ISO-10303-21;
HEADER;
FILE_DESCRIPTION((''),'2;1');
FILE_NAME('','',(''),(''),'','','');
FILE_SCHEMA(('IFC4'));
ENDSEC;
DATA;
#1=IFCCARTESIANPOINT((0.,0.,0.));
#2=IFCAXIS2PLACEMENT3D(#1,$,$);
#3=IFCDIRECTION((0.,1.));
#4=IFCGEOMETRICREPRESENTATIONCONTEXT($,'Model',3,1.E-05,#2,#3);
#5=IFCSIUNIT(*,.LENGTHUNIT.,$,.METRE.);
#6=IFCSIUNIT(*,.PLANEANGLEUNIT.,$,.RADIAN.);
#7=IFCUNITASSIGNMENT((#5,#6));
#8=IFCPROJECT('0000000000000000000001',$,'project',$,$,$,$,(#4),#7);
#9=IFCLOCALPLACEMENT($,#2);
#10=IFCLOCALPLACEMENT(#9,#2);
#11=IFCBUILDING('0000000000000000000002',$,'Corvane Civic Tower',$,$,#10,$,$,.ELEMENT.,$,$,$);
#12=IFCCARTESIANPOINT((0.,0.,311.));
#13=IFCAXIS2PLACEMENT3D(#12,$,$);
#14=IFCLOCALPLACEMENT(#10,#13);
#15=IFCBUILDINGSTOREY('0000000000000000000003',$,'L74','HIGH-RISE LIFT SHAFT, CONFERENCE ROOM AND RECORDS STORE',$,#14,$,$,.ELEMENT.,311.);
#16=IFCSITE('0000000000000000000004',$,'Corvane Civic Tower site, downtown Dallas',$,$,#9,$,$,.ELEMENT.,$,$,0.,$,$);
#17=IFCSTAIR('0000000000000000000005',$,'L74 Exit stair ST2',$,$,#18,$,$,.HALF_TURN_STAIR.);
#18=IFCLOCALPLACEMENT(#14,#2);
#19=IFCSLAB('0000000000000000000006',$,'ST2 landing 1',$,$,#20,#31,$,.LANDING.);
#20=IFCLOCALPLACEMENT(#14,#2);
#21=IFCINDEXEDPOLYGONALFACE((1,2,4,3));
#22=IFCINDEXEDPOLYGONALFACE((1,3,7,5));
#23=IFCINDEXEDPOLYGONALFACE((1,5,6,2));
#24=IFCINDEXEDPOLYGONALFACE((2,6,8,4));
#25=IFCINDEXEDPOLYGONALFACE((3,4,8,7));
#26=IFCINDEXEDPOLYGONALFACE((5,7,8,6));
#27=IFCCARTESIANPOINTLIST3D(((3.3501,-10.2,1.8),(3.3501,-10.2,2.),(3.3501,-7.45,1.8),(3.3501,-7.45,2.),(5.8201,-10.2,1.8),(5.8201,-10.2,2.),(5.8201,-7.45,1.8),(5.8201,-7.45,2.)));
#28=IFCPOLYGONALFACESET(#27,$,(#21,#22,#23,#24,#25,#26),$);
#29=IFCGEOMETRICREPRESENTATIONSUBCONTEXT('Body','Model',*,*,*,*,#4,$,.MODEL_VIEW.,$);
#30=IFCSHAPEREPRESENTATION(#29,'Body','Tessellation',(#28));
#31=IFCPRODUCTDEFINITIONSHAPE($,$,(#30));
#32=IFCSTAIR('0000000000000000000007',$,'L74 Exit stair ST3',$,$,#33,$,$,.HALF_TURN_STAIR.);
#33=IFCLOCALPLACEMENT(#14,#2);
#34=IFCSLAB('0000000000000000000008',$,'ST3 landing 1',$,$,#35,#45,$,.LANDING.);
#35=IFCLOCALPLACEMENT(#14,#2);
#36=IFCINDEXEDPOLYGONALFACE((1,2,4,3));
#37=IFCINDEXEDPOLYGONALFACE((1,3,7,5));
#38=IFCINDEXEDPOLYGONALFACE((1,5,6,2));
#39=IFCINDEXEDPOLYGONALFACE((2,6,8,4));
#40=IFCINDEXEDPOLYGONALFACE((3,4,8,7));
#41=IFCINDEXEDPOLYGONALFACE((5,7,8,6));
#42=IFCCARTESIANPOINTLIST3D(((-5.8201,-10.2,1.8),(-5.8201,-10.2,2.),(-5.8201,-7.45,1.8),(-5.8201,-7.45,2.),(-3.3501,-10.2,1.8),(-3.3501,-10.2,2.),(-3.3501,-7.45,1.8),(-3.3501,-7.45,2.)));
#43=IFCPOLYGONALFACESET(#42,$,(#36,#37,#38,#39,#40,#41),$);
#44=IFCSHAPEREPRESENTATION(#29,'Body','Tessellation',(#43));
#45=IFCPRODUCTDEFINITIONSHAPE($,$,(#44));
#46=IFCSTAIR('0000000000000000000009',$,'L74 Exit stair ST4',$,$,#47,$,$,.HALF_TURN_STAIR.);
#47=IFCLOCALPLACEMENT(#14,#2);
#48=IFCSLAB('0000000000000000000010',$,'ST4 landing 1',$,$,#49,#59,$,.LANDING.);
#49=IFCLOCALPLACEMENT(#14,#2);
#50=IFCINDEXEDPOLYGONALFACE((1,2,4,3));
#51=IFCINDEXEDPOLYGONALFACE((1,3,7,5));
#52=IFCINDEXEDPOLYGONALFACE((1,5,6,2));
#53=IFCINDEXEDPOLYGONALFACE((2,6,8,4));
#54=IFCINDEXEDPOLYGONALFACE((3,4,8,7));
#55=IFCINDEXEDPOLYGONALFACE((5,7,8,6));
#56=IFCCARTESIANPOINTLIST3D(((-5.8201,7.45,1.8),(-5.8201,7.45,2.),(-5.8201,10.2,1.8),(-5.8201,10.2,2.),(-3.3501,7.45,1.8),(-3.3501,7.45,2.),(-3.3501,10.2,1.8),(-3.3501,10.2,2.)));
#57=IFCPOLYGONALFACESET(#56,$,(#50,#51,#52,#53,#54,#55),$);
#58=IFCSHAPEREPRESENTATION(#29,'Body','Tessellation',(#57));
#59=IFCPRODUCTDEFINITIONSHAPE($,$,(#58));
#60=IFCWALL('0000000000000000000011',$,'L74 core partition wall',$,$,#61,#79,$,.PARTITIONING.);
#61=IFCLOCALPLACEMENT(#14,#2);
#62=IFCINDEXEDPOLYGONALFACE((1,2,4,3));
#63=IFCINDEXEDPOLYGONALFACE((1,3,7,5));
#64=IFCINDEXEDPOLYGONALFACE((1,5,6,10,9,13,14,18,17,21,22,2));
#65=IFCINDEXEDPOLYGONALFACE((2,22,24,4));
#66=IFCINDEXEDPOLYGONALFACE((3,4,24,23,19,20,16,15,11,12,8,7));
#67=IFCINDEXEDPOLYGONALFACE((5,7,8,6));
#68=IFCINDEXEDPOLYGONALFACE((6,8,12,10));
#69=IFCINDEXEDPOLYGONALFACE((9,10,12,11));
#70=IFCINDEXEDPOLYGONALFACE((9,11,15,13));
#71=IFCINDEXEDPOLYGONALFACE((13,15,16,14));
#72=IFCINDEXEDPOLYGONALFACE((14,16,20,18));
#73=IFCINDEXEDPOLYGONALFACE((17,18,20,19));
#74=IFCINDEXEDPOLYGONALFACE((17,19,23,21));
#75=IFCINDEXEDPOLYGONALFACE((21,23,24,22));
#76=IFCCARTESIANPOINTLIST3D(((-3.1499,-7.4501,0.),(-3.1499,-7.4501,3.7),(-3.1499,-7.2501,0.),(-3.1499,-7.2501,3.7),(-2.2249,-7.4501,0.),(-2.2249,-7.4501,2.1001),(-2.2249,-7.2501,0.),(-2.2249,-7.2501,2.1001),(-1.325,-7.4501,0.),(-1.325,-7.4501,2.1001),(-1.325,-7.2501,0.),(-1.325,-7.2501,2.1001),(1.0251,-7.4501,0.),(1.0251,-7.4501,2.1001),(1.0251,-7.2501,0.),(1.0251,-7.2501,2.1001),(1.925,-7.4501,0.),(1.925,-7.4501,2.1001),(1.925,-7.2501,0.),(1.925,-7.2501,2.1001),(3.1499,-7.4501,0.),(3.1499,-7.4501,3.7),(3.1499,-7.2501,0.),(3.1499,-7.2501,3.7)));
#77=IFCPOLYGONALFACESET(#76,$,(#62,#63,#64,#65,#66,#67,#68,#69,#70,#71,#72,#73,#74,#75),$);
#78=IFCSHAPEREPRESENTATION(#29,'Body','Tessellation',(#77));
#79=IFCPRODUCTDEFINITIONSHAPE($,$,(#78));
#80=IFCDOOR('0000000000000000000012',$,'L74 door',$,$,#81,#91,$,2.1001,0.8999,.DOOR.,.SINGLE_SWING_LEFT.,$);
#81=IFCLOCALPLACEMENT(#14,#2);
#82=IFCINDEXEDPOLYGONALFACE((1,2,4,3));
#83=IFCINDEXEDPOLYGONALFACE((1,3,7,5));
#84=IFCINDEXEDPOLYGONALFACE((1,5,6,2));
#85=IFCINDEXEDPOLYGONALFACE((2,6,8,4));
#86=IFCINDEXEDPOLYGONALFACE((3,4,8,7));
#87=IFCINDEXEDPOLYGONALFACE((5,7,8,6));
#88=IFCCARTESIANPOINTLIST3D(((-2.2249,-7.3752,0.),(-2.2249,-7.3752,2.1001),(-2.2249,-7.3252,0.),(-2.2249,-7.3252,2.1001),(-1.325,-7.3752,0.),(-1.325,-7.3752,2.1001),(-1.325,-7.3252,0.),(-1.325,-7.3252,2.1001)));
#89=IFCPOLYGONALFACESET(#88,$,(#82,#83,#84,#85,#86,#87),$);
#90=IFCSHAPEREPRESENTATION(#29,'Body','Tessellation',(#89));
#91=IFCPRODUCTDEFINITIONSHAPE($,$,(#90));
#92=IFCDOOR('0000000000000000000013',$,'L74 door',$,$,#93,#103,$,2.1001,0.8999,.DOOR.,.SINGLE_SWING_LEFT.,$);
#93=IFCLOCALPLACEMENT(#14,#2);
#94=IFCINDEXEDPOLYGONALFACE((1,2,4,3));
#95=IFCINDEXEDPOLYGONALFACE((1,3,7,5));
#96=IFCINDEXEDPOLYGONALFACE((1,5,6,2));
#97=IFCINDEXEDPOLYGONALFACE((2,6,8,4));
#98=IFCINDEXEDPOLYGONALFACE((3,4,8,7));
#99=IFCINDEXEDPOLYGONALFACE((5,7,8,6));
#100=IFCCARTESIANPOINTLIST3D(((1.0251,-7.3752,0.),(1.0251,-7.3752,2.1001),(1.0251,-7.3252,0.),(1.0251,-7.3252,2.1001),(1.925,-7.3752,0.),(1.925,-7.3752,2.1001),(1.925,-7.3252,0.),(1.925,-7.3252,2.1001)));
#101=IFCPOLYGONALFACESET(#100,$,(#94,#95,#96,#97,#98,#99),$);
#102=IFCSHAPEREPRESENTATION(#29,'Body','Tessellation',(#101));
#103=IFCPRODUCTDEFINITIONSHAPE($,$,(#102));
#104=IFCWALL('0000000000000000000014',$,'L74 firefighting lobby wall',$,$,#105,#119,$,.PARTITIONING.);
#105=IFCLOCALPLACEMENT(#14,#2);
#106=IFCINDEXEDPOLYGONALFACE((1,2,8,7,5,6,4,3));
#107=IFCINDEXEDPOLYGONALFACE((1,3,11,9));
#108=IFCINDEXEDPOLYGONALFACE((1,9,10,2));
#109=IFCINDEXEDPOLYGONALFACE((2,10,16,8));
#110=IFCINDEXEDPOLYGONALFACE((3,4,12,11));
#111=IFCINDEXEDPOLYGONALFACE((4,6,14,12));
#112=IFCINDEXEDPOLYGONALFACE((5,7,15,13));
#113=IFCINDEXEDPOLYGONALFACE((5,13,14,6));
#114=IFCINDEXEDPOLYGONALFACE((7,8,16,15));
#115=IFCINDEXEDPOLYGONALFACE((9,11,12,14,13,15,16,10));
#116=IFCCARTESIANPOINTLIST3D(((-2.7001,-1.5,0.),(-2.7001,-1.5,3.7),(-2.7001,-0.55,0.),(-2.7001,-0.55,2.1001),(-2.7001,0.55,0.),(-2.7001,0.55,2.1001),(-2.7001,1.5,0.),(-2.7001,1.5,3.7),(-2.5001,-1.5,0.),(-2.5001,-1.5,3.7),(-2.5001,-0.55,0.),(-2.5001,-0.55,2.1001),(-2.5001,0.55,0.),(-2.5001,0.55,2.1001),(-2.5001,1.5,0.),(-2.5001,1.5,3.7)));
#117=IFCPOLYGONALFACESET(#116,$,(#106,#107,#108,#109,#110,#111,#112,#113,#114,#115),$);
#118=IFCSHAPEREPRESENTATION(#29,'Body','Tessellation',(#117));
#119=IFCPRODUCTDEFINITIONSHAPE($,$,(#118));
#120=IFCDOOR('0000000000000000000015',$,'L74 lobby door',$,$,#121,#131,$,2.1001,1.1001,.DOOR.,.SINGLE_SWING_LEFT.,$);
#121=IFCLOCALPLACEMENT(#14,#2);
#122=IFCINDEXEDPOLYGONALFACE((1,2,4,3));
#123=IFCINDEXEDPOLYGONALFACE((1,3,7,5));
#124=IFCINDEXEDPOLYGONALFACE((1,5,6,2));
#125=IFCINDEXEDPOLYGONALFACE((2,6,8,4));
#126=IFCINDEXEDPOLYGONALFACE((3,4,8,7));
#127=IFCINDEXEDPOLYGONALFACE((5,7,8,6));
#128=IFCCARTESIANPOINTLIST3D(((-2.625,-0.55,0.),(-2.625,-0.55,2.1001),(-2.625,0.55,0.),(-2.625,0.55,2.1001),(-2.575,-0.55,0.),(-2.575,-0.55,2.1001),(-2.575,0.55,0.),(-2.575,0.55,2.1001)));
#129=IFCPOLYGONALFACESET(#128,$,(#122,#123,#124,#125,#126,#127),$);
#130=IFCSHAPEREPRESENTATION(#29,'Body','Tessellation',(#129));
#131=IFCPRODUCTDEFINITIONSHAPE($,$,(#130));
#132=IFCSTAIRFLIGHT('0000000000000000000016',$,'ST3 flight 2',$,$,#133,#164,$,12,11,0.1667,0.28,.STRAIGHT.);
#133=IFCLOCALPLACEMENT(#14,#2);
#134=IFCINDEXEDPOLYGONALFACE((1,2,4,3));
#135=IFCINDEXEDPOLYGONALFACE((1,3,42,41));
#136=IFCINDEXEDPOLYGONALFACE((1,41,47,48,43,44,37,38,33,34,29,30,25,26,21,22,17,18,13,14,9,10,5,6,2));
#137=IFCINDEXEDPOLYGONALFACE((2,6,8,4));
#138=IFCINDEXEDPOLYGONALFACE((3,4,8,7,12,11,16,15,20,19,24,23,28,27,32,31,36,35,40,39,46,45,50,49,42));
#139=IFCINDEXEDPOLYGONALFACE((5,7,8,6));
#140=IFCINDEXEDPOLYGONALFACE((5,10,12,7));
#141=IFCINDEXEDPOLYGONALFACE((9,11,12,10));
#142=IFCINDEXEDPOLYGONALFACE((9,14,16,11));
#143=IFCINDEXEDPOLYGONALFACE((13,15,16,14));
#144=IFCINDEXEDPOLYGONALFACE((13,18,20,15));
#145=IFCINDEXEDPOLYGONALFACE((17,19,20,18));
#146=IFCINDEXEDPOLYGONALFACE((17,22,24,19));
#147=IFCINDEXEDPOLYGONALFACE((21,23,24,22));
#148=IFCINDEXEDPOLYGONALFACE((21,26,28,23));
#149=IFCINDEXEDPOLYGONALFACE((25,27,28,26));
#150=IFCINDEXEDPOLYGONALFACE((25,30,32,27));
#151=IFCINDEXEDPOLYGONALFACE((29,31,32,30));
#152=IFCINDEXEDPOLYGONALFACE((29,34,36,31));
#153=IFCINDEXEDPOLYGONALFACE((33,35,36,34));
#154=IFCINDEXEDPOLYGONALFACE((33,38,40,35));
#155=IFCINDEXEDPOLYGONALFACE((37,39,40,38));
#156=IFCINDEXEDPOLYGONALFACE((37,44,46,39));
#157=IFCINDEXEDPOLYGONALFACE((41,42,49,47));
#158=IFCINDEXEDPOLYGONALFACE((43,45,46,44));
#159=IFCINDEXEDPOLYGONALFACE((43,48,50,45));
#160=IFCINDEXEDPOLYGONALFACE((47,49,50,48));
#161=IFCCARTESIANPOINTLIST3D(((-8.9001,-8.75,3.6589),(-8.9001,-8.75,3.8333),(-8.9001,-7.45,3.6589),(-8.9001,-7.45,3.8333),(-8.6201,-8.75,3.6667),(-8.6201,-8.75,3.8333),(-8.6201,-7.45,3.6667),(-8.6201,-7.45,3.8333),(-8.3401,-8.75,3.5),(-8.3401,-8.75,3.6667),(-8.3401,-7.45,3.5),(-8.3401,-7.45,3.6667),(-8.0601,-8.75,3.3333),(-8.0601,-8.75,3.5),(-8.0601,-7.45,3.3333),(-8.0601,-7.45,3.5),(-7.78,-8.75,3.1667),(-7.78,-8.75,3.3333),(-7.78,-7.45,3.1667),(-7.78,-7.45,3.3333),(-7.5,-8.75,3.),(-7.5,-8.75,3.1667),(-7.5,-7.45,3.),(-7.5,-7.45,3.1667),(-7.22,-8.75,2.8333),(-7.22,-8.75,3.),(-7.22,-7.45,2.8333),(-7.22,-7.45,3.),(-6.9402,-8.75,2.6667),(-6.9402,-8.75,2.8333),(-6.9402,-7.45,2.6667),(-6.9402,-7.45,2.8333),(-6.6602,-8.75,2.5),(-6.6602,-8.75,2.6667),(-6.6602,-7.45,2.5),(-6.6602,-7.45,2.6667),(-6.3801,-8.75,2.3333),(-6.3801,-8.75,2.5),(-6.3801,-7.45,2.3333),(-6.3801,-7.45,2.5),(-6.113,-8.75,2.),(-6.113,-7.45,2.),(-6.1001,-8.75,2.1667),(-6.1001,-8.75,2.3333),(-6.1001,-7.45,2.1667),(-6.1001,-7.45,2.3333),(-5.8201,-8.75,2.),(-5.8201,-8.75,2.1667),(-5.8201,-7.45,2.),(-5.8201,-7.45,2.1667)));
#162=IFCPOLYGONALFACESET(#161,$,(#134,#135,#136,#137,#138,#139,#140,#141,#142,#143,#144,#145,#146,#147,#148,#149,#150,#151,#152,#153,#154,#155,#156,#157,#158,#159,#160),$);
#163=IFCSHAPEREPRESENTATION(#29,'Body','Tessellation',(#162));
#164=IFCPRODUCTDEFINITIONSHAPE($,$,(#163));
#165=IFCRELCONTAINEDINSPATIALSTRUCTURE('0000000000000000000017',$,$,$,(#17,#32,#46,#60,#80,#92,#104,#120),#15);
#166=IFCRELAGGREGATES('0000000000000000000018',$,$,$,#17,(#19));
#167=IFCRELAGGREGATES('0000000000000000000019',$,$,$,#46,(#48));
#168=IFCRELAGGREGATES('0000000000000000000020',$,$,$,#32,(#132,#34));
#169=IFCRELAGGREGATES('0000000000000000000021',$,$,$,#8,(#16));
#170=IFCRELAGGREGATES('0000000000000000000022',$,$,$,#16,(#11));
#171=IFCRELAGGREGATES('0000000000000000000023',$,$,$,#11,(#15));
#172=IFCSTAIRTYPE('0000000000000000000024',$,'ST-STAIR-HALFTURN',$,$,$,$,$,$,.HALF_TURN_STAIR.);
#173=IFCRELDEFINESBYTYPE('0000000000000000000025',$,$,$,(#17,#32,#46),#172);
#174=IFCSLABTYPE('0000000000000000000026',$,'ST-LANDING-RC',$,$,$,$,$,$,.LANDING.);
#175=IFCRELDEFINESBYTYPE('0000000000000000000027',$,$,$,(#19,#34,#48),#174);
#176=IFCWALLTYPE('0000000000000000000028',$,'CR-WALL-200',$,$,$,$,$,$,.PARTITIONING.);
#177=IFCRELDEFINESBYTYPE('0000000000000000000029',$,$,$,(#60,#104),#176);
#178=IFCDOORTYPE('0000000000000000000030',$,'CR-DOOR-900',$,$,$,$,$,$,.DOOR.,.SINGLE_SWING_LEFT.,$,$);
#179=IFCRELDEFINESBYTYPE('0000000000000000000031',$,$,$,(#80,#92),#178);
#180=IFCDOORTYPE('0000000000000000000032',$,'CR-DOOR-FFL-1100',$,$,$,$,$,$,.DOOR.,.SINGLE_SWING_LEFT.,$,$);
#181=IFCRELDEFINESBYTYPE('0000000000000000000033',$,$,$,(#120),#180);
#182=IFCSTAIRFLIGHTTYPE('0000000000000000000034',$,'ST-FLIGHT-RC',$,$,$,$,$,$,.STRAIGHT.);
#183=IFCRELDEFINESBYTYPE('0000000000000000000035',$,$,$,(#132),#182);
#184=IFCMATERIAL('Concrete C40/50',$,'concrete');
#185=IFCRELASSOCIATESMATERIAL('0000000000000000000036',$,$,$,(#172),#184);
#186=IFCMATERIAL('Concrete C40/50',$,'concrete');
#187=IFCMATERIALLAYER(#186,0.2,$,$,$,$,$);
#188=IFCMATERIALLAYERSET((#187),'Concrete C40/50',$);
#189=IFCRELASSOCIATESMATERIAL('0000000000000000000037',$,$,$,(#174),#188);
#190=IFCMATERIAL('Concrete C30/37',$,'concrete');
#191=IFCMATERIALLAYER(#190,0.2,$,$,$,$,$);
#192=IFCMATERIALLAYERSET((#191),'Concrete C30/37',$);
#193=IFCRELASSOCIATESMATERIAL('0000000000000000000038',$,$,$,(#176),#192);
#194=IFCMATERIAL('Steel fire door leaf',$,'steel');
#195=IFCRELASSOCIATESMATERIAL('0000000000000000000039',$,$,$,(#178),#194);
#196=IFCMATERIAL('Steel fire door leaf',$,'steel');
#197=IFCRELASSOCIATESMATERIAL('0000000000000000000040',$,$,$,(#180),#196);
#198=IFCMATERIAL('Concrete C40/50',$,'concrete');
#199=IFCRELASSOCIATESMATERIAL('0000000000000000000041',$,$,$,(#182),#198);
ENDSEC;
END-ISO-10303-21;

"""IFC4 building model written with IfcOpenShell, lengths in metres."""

from ifc_helpers import new_model, si_unit, direction, frame, frame_2d, origin, place, context, subcontext, project, spatial, polyline, rectangle, outline, extrude, material, layer, layer_set, type_object, element, fill, aggregate, save


model = new_model("IFC4")

# Units and contexts
model_context = context("Model", 3, precision=1e-05, world=origin(), true_north=direction((0.0, 1.0)))
body_context = subcontext(model_context, "Body", "Model", "MODEL_VIEW")
ifc_project = project(units=[si_unit("LENGTHUNIT", "METRE"), si_unit("PLANEANGLEUNIT", "RADIAN")], contexts=[model_context])

# Site, building, storey
site_placement = place(None, origin())
site = spatial("IfcSite", under=ifc_project, at=site_placement, Name="Corvane Civic Tower site, downtown Dallas", CompositionType="ELEMENT", RefElevation=0.0)
building_placement = place(site_placement, origin())
building = spatial("IfcBuilding", under=site, at=building_placement, Name="Corvane Civic Tower", CompositionType="ELEMENT")
storey_placement = place(building_placement, frame((0.0, 0.0, 311.0)))
storey = spatial("IfcBuildingStorey", under=building, at=storey_placement, Name="L74", Description="HIGH-RISE LIFT SHAFT, CONFERENCE ROOM AND RECORDS STORE", CompositionType="ELEMENT", Elevation=311.0)

# Stairs, slabs
ifc_material_1 = material(Name="Concrete C40/50", Category="concrete")
stair_type = type_object("IfcStairType", Name="ST-STAIR-HALFTURN", PredefinedType="HALF_TURN_STAIR", material=ifc_material_1)
ifc_material_2 = material(Name="Concrete C40/50", Category="concrete")
ifc_layer_1 = layer(ifc_material_2, 0.2)
ifc_layer_set_1 = layer_set([ifc_layer_1], Name="Concrete C40/50")
slab_type_1 = type_object("IfcSlabType", Name="ST-LANDING-RC", PredefinedType="LANDING", material=ifc_layer_set_1)
stair_1_placement = place(storey_placement, origin())
stair_1 = element("IfcStair", 1, at=stair_1_placement, inside=storey, type_object=stair_type, Name="L74 Exit stair ST2", PredefinedType="HALF_TURN_STAIR")
slab_1_placement = place(storey_placement, frame((0.0, 0.0, 1.8)))
slab_1 = element("IfcSlab", 2, at=slab_1_placement, type_object=slab_type_1, Name="ST2 landing 1", PredefinedType="LANDING", context=body_context, shape_type="SweptSolid", body=[
    extrude(outline(polyline([(5.8201, -7.45), (3.3501, -7.45), (3.3501, -10.2), (5.8201, -10.2), (5.8201, -7.45)])), origin(), (0.0, 0.0, 1.0), 0.2),
])
aggregate(stair_1, [slab_1])
stair_2_placement = place(storey_placement, origin())
stair_2 = element("IfcStair", 3, at=stair_2_placement, inside=storey, type_object=stair_type, Name="L74 Exit stair ST3", PredefinedType="HALF_TURN_STAIR")
slab_2_placement = place(storey_placement, frame((0.0, 0.0, 1.8)))
slab_2 = element("IfcSlab", 4, at=slab_2_placement, type_object=slab_type_1, Name="ST3 landing 1", PredefinedType="LANDING", context=body_context, shape_type="SweptSolid", body=[
    extrude(outline(polyline([(-5.8201, -10.2), (-3.3501, -10.2), (-3.3501, -7.45), (-5.8201, -7.45), (-5.8201, -10.2)])), origin(), (0.0, 0.0, 1.0), 0.2),
])
stair_3_placement = place(storey_placement, origin())
stair_3 = element("IfcStair", 5, at=stair_3_placement, inside=storey, type_object=stair_type, Name="L74 Exit stair ST4", PredefinedType="HALF_TURN_STAIR")
slab_3_placement = place(storey_placement, frame((0.0, 0.0, 1.8)))
slab_3 = element("IfcSlab", 6, at=slab_3_placement, type_object=slab_type_1, Name="ST4 landing 1", PredefinedType="LANDING", context=body_context, shape_type="SweptSolid", body=[
    extrude(outline(polyline([(-5.8201, 7.45), (-3.3501, 7.45), (-3.3501, 10.2), (-5.8201, 10.2), (-5.8201, 7.45)])), origin(), (0.0, 0.0, 1.0), 0.2),
])
aggregate(stair_3, [slab_3])

# Wall, openings, doors
ifc_material_3 = material(Name="Concrete C30/37", Category="concrete")
ifc_layer_2 = layer(ifc_material_3, 0.2)
ifc_layer_set_2 = layer_set([ifc_layer_2], Name="Concrete C30/37")
wall_type = type_object("IfcWallType", Name="CR-WALL-200", PredefinedType="PARTITIONING", material=ifc_layer_set_2)
wall_1_placement = place(storey_placement, frame((-3.1499, -7.3501, 0.0), z_axis=(0.0, 0.0, 1.0), x_axis=(1.0, 0.0, 0.0)))
wall_1 = element("IfcWall", 7, at=wall_1_placement, inside=storey, type_object=wall_type, Name="L74 core partition wall", PredefinedType="PARTITIONING", context=body_context, shape_type="SweptSolid", body=[
    extrude(rectangle(XDim=6.2998, YDim=0.2, at=frame_2d((3.1499, 0.0))), origin(), (0.0, 0.0, 1.0), 3.7),
])
opening_1_placement = place(wall_1_placement, frame((0.925, 0.0, 0.0)))
opening_1 = element("IfcOpeningElement", 8, at=opening_1_placement, cuts=wall_1, PredefinedType="OPENING", context=body_context, shape_type="SweptSolid", body=[
    extrude(rectangle(XDim=0.8999, YDim=2.1001, at=frame_2d((0.45, 1.05))), frame((0.0, 0.1099, 0.0), z_axis=(0.0, -1.0, 0.0), x_axis=(1.0, 0.0, 0.0)), (0.0, 0.0, 1.0), 0.22),
])
opening_2_placement = place(wall_1_placement, frame((4.175, 0.0, 0.0)))
opening_2 = element("IfcOpeningElement", 9, at=opening_2_placement, cuts=wall_1, PredefinedType="OPENING", context=body_context, shape_type="SweptSolid", body=[
    extrude(rectangle(XDim=0.8999, YDim=2.1001, at=frame_2d((0.45, 1.05))), frame((0.0, 0.1099, 0.0), z_axis=(0.0, -1.0, 0.0), x_axis=(1.0, 0.0, 0.0)), (0.0, 0.0, 1.0), 0.22),
])
ifc_material_4 = material(Name="Steel fire door leaf", Category="steel")
door_type_1 = type_object("IfcDoorType", Name="CR-DOOR-900", OperationType="SINGLE_SWING_LEFT", PredefinedType="DOOR", material=ifc_material_4)
door_1_placement = place(opening_1_placement, origin())
door_1 = element("IfcDoor", 10, at=door_1_placement, inside=storey, type_object=door_type_1, Name="L74 door", OperationType="SINGLE_SWING_LEFT", OverallHeight=2.1001, OverallWidth=0.8999, PredefinedType="DOOR", context=body_context, shape_type="SweptSolid", body=[
    extrude(rectangle(XDim=0.8999, YDim=2.1001, at=frame_2d((0.45, 1.05))), frame((0.0, 0.0249, 0.0), z_axis=(0.0, -1.0, 0.0), x_axis=(1.0, 0.0, 0.0)), (0.0, 0.0, 1.0), 0.05),
])
fill(opening_1, door_1)
door_2_placement = place(opening_2_placement, origin())
door_2 = element("IfcDoor", 11, at=door_2_placement, inside=storey, type_object=door_type_1, Name="L74 door", OperationType="SINGLE_SWING_LEFT", OverallHeight=2.1001, OverallWidth=0.8999, PredefinedType="DOOR", context=body_context, shape_type="SweptSolid", body=[
    extrude(rectangle(XDim=0.8999, YDim=2.1001, at=frame_2d((0.45, 1.05))), frame((0.0, 0.0249, 0.0), z_axis=(0.0, -1.0, 0.0), x_axis=(1.0, 0.0, 0.0)), (0.0, 0.0, 1.0), 0.05),
])
fill(opening_2, door_2)

# Wall, opening, door
wall_2_placement = place(storey_placement, frame((-2.6001, -1.5, 0.0), z_axis=(0.0, 0.0, 1.0), x_axis=(0.0, 1.0, 0.0)))
wall_2 = element("IfcWall", 12, at=wall_2_placement, inside=storey, type_object=wall_type, Name="L74 firefighting lobby wall", PredefinedType="PARTITIONING", context=body_context, shape_type="SweptSolid", body=[
    extrude(rectangle(XDim=3.0, YDim=0.2, at=frame_2d((1.5, 0.0))), origin(), (0.0, 0.0, 1.0), 3.7),
])
opening_3_placement = place(wall_2_placement, frame((0.95, 0.0, 0.0)))
opening_3 = element("IfcOpeningElement", 13, at=opening_3_placement, cuts=wall_2, PredefinedType="OPENING", context=body_context, shape_type="SweptSolid", body=[
    extrude(rectangle(XDim=1.1001, YDim=2.1001, at=frame_2d((0.55, 1.05))), frame((0.0, 0.1099, 0.0), z_axis=(0.0, -1.0, 0.0), x_axis=(1.0, 0.0, 0.0)), (0.0, 0.0, 1.0), 0.22),
])
ifc_material_5 = material(Name="Steel fire door leaf", Category="steel")
door_type_2 = type_object("IfcDoorType", Name="CR-DOOR-FFL-1100", OperationType="SINGLE_SWING_LEFT", PredefinedType="DOOR", material=ifc_material_5)
door_3_placement = place(opening_3_placement, origin())
door_3 = element("IfcDoor", 14, at=door_3_placement, inside=storey, type_object=door_type_2, Name="L74 lobby door", OperationType="SINGLE_SWING_LEFT", OverallHeight=2.1001, OverallWidth=1.1001, PredefinedType="DOOR", context=body_context, shape_type="SweptSolid", body=[
    extrude(rectangle(XDim=1.1001, YDim=2.1001, at=frame_2d((0.55, 1.05))), frame((0.0, 0.0249, 0.0), z_axis=(0.0, -1.0, 0.0), x_axis=(1.0, 0.0, 0.0)), (0.0, 0.0, 1.0), 0.05),
])
fill(opening_3, door_3)

# Stair flight
ifc_material_6 = material(Name="Concrete C40/50", Category="concrete")
stair_flight_type = type_object("IfcStairFlightType", Name="ST-FLIGHT-RC", PredefinedType="STRAIGHT", material=ifc_material_6)
stair_flight_placement = place(storey_placement, frame((-5.8201, -8.1001, 2.0), z_axis=(0.0, 0.0, 1.0), x_axis=(-1.0, 0.0, 0.0)))
stair_flight = element("IfcStairFlight", 15, at=stair_flight_placement, type_object=stair_flight_type, Name="ST3 flight 2", NumberOfRisers=12, NumberOfTreads=11, PredefinedType="STRAIGHT", RiserHeight=0.1667, TreadLength=0.28, context=body_context, shape_type="SweptSolid", body=[
    extrude(outline(polyline([(0.0, 0.0), (0.0, 0.1667), (0.28, 0.1667), (0.28, 0.3333), (0.5601, 0.3333), (0.5601, 0.5), (0.8401, 0.5), (0.8401, 0.6667), (1.1201, 0.6667), (1.1201, 0.8333), (1.3999, 0.8333), (1.3999, 1.0), (1.6799, 1.0), (1.6799, 1.1667), (1.96, 1.1667), (1.96, 1.3333), (2.24, 1.3333), (2.24, 1.5), (2.52, 1.5), (2.52, 1.6667), (2.8, 1.6667), (2.8, 1.8333), (3.0801, 1.8333), (3.0801, 2.0), (3.0801, 1.6589), (0.293, 0.0), (0.0, 0.0)])), frame((0.0, 0.6499, 0.0), z_axis=(0.0, -1.0, 0.0), x_axis=(1.0, 0.0, 0.0)), (0.0, 0.0, 1.0), 1.3),
])
aggregate(stair_2, [stair_flight, slab_2])

save(model, "model.ifc")
